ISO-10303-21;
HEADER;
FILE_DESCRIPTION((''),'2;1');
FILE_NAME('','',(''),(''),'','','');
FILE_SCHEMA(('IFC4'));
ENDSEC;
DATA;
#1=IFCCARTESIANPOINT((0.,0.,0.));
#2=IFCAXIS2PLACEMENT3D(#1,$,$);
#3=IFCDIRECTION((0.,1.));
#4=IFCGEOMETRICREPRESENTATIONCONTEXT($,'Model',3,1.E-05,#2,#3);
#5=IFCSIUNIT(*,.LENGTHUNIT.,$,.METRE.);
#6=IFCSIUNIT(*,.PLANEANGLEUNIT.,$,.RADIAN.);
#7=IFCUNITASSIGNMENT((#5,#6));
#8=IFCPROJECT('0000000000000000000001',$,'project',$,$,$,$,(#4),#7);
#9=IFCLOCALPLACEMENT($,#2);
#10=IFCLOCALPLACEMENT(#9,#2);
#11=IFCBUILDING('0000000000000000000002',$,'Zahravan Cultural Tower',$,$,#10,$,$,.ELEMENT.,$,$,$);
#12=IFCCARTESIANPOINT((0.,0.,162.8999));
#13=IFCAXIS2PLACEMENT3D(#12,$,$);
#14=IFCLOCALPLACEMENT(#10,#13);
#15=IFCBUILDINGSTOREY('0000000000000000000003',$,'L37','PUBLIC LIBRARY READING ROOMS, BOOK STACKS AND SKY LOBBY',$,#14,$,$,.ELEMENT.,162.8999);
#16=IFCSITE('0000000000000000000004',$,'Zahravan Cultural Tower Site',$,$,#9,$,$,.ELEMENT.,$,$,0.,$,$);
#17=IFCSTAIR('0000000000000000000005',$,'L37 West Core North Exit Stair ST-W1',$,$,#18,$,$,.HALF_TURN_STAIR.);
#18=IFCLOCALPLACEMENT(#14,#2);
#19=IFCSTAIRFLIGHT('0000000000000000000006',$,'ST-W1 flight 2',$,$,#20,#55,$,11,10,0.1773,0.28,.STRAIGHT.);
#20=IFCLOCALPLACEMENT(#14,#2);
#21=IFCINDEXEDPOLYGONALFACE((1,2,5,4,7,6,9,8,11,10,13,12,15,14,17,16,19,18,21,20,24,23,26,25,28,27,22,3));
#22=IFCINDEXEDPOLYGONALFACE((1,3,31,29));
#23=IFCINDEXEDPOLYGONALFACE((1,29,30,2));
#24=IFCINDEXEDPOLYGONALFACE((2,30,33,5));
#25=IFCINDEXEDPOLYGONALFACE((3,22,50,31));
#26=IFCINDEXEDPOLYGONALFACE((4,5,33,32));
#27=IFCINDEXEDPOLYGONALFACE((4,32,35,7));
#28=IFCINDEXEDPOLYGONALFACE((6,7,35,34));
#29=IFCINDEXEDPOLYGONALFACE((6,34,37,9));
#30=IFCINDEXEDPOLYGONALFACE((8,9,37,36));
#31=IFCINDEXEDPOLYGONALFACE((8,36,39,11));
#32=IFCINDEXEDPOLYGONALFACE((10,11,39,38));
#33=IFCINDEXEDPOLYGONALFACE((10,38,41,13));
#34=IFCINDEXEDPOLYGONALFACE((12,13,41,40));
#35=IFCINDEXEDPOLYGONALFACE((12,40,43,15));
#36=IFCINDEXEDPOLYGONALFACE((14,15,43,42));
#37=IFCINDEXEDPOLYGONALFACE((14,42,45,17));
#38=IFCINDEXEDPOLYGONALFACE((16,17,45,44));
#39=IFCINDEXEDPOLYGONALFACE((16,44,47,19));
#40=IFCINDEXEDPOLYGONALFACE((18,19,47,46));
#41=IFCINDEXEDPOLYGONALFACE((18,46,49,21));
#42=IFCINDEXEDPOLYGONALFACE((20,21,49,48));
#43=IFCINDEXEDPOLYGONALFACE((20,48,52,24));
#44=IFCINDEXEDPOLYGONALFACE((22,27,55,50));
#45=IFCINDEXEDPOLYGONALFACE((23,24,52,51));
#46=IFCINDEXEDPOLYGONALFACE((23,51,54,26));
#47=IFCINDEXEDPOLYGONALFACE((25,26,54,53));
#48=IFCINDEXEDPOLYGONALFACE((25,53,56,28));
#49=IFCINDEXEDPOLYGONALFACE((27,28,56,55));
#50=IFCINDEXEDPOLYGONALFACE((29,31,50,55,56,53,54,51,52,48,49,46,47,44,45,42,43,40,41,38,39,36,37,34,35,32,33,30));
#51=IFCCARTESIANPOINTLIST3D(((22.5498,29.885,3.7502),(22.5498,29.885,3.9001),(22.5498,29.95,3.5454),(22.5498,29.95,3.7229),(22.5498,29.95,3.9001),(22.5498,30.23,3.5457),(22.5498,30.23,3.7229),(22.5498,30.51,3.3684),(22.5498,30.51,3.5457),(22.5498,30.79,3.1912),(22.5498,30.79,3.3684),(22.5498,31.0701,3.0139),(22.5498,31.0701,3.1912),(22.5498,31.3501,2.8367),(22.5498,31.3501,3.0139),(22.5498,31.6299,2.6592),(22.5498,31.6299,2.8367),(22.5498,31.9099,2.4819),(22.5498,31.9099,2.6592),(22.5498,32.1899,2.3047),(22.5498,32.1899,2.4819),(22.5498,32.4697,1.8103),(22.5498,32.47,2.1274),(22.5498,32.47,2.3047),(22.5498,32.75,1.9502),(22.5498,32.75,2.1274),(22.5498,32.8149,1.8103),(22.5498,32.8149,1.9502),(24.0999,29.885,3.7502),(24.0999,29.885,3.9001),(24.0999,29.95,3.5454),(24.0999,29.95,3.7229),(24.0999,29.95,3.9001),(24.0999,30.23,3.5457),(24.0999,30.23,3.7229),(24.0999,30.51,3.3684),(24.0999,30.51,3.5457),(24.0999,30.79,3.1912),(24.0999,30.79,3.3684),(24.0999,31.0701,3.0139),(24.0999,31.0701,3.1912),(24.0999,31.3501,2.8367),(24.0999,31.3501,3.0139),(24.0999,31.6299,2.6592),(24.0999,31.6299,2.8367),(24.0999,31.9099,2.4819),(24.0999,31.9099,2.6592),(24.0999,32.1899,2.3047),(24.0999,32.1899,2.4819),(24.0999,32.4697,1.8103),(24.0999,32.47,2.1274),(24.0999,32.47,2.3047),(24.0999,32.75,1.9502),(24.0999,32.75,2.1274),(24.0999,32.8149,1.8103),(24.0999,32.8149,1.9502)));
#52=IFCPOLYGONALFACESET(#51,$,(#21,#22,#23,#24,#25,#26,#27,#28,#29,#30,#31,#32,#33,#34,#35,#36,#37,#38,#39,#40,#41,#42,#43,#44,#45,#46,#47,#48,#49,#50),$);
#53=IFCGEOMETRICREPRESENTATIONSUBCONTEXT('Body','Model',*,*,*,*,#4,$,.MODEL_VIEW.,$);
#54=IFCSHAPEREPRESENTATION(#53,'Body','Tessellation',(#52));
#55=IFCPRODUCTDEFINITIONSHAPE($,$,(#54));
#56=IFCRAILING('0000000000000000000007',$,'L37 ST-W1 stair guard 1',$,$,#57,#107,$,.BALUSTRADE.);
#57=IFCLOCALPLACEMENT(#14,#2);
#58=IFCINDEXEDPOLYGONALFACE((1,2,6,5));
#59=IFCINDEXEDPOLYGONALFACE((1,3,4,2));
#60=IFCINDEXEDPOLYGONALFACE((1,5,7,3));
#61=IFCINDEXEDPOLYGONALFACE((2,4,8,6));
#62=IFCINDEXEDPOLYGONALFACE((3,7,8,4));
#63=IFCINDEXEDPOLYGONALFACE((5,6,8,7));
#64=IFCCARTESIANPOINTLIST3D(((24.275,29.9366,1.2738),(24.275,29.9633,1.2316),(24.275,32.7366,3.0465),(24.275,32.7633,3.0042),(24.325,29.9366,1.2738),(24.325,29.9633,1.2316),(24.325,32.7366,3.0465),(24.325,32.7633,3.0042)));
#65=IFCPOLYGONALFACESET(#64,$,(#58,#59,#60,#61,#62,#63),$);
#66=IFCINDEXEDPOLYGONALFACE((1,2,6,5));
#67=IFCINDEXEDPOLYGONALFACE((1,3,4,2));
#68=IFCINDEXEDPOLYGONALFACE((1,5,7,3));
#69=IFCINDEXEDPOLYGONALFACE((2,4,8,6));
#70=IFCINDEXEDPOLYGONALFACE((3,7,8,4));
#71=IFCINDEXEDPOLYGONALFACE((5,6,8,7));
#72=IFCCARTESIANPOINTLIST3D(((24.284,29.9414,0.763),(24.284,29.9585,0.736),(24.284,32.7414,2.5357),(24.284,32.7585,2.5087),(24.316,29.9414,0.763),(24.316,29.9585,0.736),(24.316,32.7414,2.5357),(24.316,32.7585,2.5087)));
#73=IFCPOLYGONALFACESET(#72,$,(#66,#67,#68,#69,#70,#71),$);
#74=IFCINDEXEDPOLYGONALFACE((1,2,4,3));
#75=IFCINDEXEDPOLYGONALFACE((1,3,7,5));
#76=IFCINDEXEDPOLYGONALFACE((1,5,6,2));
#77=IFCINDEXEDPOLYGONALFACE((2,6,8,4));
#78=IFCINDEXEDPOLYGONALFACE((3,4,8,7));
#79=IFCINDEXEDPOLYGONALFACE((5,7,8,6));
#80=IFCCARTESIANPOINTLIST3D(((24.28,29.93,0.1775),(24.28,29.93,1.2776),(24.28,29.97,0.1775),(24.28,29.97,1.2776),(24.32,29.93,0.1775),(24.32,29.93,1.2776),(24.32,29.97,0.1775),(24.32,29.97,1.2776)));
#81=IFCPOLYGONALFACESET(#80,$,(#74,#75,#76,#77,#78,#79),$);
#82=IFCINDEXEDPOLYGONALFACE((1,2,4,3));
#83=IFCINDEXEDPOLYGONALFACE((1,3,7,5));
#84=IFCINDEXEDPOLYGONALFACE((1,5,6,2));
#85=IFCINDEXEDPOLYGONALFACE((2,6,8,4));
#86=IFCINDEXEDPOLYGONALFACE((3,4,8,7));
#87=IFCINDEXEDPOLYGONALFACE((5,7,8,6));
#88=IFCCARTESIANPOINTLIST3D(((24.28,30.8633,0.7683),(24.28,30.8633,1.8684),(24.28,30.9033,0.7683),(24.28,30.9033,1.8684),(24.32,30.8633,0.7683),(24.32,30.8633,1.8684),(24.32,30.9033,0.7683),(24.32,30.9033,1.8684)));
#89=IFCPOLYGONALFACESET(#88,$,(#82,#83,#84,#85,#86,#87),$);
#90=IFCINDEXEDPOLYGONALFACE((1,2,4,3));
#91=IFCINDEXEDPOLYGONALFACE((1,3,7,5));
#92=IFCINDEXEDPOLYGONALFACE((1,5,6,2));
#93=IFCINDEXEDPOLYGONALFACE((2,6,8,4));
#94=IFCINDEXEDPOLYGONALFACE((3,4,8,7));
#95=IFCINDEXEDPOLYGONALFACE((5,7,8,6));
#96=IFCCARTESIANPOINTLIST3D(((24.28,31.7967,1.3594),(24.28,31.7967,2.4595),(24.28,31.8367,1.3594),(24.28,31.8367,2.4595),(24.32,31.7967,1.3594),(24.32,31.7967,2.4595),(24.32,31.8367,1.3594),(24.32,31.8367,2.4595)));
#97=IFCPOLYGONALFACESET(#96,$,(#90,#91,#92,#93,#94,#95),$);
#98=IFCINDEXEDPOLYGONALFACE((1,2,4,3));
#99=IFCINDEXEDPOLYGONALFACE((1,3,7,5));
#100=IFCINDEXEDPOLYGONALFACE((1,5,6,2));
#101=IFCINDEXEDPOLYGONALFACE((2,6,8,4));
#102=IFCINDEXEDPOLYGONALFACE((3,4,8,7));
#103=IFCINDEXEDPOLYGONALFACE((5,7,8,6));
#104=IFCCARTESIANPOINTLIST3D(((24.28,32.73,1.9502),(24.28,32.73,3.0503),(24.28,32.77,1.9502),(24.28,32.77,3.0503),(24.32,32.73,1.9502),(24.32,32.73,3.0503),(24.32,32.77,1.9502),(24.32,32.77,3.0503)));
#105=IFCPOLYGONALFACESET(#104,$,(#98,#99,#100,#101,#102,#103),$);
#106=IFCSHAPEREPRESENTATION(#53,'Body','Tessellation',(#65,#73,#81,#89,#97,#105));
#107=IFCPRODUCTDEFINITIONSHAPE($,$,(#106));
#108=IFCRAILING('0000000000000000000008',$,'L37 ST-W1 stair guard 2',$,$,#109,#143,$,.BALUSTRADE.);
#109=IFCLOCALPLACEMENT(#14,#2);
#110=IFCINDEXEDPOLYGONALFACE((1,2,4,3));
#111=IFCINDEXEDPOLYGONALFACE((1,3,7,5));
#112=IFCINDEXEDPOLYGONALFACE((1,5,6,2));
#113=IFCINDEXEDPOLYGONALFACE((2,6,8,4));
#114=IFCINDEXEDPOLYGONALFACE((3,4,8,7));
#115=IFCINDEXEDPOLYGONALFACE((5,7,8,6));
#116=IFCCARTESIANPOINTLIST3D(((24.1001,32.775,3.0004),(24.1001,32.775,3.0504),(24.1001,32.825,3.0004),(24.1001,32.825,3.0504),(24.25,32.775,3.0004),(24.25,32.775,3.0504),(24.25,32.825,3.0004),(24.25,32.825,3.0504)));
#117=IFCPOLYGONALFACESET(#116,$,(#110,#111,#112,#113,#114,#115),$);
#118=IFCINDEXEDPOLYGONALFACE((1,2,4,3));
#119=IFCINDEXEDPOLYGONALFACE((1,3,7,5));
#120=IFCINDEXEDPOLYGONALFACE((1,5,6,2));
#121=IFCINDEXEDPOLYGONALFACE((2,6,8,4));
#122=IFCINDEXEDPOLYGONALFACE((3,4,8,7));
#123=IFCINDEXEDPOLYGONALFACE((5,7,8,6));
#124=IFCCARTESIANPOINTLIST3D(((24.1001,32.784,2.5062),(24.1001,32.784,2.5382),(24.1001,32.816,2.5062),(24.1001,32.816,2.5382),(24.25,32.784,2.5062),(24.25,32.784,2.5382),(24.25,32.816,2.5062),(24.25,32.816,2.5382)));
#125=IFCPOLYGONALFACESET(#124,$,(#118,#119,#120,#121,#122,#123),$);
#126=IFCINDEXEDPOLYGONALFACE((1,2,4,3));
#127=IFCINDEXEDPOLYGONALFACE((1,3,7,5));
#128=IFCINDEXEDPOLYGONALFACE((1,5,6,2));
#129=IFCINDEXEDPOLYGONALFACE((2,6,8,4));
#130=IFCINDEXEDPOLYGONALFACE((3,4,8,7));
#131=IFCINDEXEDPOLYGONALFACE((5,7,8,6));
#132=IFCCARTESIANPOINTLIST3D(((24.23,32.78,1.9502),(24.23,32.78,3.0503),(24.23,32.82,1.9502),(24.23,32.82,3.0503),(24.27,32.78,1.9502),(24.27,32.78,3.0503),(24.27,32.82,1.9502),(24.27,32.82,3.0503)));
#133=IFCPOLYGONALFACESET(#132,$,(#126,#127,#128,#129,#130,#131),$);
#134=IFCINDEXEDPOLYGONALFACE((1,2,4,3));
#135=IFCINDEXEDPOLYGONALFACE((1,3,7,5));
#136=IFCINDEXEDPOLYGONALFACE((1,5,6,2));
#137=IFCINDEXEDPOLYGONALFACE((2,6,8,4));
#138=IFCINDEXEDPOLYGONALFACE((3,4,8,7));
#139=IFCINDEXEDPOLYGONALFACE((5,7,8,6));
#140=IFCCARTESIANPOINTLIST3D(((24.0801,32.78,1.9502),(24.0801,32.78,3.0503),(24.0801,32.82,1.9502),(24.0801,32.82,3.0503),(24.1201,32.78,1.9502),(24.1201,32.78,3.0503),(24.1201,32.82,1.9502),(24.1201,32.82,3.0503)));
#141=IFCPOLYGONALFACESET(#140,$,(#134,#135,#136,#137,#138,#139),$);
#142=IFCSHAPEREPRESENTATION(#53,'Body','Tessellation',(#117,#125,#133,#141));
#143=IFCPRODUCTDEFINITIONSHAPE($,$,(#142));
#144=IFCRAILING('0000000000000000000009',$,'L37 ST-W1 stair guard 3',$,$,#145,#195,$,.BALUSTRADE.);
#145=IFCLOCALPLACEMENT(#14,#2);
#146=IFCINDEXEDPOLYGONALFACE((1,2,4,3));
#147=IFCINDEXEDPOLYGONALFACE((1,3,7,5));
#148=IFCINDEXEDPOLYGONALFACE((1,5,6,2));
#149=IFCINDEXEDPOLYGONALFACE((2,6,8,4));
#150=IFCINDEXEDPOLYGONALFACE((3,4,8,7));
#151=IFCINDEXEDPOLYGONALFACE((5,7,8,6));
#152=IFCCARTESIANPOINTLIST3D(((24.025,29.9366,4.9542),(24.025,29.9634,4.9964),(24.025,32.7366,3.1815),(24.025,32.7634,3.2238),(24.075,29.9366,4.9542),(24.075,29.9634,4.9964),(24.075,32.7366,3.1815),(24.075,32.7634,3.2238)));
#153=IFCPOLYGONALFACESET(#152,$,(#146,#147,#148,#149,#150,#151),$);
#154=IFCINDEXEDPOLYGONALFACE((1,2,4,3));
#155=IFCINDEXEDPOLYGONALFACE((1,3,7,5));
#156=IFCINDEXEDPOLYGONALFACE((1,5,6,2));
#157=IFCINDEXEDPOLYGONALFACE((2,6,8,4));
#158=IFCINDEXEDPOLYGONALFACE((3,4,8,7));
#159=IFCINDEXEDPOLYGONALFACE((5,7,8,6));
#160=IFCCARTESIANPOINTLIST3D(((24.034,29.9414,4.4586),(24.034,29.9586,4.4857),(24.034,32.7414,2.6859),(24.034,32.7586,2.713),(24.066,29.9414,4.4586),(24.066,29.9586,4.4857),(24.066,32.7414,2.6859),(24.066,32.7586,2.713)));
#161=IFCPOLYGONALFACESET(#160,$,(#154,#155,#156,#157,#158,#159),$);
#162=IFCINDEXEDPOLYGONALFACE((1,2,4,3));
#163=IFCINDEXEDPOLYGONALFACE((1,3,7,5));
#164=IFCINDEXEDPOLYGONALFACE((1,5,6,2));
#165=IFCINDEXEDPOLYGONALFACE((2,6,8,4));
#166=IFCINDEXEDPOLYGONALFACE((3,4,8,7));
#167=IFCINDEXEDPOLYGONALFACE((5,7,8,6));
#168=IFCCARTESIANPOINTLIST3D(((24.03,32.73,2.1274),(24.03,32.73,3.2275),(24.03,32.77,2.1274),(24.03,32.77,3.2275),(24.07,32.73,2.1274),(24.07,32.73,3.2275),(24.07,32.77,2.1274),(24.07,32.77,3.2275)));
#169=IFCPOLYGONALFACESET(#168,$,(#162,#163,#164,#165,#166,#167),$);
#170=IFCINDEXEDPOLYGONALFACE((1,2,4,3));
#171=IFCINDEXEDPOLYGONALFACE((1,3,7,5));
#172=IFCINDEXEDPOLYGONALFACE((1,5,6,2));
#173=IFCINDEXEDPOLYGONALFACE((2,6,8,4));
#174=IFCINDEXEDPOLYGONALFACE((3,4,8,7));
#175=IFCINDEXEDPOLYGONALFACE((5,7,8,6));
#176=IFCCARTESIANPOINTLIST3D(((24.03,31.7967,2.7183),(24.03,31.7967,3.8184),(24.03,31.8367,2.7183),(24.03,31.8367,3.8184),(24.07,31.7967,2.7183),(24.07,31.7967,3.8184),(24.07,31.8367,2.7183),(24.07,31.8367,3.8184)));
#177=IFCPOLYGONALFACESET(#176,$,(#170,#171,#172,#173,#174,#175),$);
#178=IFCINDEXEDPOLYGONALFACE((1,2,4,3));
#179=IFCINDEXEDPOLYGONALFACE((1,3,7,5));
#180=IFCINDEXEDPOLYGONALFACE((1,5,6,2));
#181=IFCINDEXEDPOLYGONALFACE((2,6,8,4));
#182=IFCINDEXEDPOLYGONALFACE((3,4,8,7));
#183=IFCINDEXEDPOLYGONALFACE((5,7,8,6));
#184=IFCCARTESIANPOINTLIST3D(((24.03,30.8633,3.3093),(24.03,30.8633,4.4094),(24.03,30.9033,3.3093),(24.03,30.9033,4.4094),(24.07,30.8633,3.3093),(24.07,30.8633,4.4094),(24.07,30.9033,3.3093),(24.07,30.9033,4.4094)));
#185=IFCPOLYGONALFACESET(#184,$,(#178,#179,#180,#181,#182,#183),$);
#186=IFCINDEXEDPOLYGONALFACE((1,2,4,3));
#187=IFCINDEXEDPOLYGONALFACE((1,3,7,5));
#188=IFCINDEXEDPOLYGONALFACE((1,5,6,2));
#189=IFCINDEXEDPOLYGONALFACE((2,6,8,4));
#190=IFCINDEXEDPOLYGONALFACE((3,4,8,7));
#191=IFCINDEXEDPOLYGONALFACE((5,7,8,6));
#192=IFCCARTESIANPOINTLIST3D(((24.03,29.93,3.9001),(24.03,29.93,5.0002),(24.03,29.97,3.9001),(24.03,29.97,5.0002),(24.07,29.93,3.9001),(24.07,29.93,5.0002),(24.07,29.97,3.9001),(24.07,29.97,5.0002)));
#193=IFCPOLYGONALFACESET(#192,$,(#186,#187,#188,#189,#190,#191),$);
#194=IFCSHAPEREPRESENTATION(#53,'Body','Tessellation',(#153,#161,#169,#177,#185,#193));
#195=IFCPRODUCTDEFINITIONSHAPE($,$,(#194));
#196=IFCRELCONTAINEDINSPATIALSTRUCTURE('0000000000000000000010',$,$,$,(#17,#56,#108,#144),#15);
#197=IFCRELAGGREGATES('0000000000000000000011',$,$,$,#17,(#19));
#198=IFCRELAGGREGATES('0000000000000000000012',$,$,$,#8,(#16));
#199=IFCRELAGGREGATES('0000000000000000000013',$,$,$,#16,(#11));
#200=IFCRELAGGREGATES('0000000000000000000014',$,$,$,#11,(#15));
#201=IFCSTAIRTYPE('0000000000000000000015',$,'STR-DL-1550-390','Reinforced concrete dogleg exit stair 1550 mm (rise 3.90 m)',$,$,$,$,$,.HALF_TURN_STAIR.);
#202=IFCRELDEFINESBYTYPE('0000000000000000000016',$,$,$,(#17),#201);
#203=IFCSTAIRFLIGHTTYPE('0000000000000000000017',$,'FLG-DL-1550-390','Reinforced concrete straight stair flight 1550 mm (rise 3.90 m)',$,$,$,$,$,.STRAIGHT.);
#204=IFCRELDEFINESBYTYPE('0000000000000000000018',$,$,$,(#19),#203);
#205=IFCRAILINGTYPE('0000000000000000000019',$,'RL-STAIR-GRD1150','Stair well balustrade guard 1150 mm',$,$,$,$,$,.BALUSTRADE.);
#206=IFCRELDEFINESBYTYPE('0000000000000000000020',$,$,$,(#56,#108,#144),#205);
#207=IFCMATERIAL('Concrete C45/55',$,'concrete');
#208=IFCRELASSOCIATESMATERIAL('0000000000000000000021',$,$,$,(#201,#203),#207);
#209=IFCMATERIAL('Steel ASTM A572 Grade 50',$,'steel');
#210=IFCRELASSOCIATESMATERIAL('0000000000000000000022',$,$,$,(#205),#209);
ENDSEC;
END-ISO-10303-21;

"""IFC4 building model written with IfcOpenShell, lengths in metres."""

from ifc_helpers import new_model, si_unit, direction, frame, origin, origin_2d, place, context, subcontext, project, spatial, polyline, rectangle, outline, extrude, material, type_object, element, aggregate, save


model = new_model("IFC4")

# Units and contexts
model_context = context("Model", 3, precision=1e-05, world=origin(), true_north=direction((0.0, 1.0)))
body_context = subcontext(model_context, "Body", "Model", "MODEL_VIEW")
ifc_project = project(units=[si_unit("LENGTHUNIT", "METRE"), si_unit("PLANEANGLEUNIT", "RADIAN")], contexts=[model_context])

# Site, building, storey
site_placement = place(None, origin())
site = spatial("IfcSite", under=ifc_project, at=site_placement, Name="Zahravan Cultural Tower Site", CompositionType="ELEMENT", RefElevation=0.0)
building_placement = place(site_placement, origin())
building = spatial("IfcBuilding", under=site, at=building_placement, Name="Zahravan Cultural Tower", CompositionType="ELEMENT")
storey_placement = place(building_placement, frame((0.0, 0.0, 162.8999)))
storey = spatial("IfcBuildingStorey", under=building, at=storey_placement, Name="L37", Description="PUBLIC LIBRARY READING ROOMS, BOOK STACKS AND SKY LOBBY", CompositionType="ELEMENT", Elevation=162.8999)

# Shared definitions
ifc_material_1 = material(Name="Concrete C45/55", Category="concrete")
ifc_material_2 = material(Name="Steel ASTM A572 Grade 50", Category="steel")

# Stair, stair flight
stair_type = type_object("IfcStairType", Name="STR-DL-1550-390", Description="Reinforced concrete dogleg exit stair 1550 mm (rise 3.90 m)", PredefinedType="HALF_TURN_STAIR", material=ifc_material_1)
stair_placement = place(storey_placement, origin())
stair = element("IfcStair", 1, at=stair_placement, inside=storey, type_object=stair_type, Name="L37 West Core North Exit Stair ST-W1", PredefinedType="HALF_TURN_STAIR")
stair_flight_type = type_object("IfcStairFlightType", Name="FLG-DL-1550-390", Description="Reinforced concrete straight stair flight 1550 mm (rise 3.90 m)", PredefinedType="STRAIGHT", material=ifc_material_1)
stair_flight_1_placement = place(storey_placement, frame((23.325, 32.75, 1.9502), z_axis=(0.0, 0.0, 1.0), x_axis=(0.0, -1.0, 0.0)))
stair_flight_1 = element("IfcStairFlight", 2, at=stair_flight_1_placement, type_object=stair_flight_type, Name="ST-W1 flight 2", NumberOfRisers=11, NumberOfTreads=10, PredefinedType="STRAIGHT", RiserHeight=0.1773, TreadLength=0.28, context=body_context, shape_type="SweptSolid", body=[
    extrude(outline(polyline([(-0.0649, -0.1399), (-0.0649, 0.0), (0.0, 0.0), (0.0, 0.1772), (0.28, 0.1772), (0.28, 0.3545), (0.5601, 0.3545), (0.5601, 0.5317), (0.8401, 0.5317), (0.8401, 0.709), (1.1201, 0.709), (1.1201, 0.8865), (1.3999, 0.8865), (1.3999, 1.0637), (1.6799, 1.0637), (1.6799, 1.241), (1.96, 1.241), (1.96, 1.4182), (2.24, 1.4182), (2.24, 1.5955), (2.52, 1.5955), (2.52, 1.7727), (2.8, 1.7727), (2.8, 1.95), (2.865, 1.95), (2.865, 1.8), (2.8, 1.5952), (0.2803, -0.1399), (-0.0649, -0.1399)])), frame((0.0, 0.7749, 0.0), z_axis=(0.0, -1.0, 0.0), x_axis=(1.0, 0.0, 0.0)), (0.0, 0.0, 1.0), 1.55),
])
aggregate(stair, [stair_flight_1])

# Railings
railing_type_1 = type_object("IfcRailingType", Name="RL-STAIR-GRD1150", Description="Stair well balustrade guard 1150 mm", PredefinedType="BALUSTRADE", material=ifc_material_2)
railing_1_placement = place(storey_placement, frame((24.3, 29.95, 0.1775)))
element("IfcRailing", 3, at=railing_1_placement, inside=storey, type_object=railing_type_1, Name="L37 ST-W1 stair guard 1", PredefinedType="BALUSTRADE", context=body_context, shape_type="SweptSolid", body=[
    extrude(rectangle(XDim=0.05, YDim=0.05, at=origin_2d()), frame((0.0, 0.0, 1.0752), z_axis=(0.0, 0.844909, 0.53491), x_axis=(-1.0, 0.0, 0.0)), (0.0, 0.0, 1.0), 3.314),
    extrude(rectangle(XDim=0.032, YDim=0.032, at=origin_2d()), frame((0.0, 0.0, 0.572), z_axis=(0.0, 0.844909, 0.53491), x_axis=(-1.0, 0.0, 0.0)), (0.0, 0.0, 1.0), 3.314),
    extrude(rectangle(XDim=0.04, YDim=0.04, at=origin_2d()), origin(), (0.0, 0.0, 1.0), 1.1001),
    extrude(rectangle(XDim=0.04, YDim=0.04, at=origin_2d()), frame((0.0, 0.9333, 0.5908)), (0.0, 0.0, 1.0), 1.1001),
    extrude(rectangle(XDim=0.04, YDim=0.04, at=origin_2d()), frame((0.0, 1.8667, 1.1819)), (0.0, 0.0, 1.0), 1.1001),
    extrude(rectangle(XDim=0.04, YDim=0.04, at=origin_2d()), frame((0.0, 2.8, 1.7727)), (0.0, 0.0, 1.0), 1.1001),
])
railing_2_placement = place(storey_placement, frame((24.25, 32.8, 1.9502)))
element("IfcRailing", 4, at=railing_2_placement, inside=storey, type_object=railing_type_1, Name="L37 ST-W1 stair guard 2", PredefinedType="BALUSTRADE", context=body_context, shape_type="SweptSolid", body=[
    extrude(rectangle(XDim=0.05, YDim=0.05, at=origin_2d()), frame((0.0, 0.0, 1.0752), z_axis=(-1.0, 0.0, 0.0), x_axis=(0.0, -1.0, 0.0)), (0.0, 0.0, 1.0), 0.1499),
    extrude(rectangle(XDim=0.032, YDim=0.032, at=origin_2d()), frame((0.0, 0.0, 0.572), z_axis=(-1.0, 0.0, 0.0), x_axis=(0.0, -1.0, 0.0)), (0.0, 0.0, 1.0), 0.1499),
    extrude(rectangle(XDim=0.04, YDim=0.04, at=origin_2d()), origin(), (0.0, 0.0, 1.0), 1.1001),
    extrude(rectangle(XDim=0.04, YDim=0.04, at=origin_2d()), frame((-0.1499, 0.0, 0.0)), (0.0, 0.0, 1.0), 1.1001),
])
railing_3_placement = place(storey_placement, frame((24.05, 32.75, 2.1274)))
element("IfcRailing", 5, at=railing_3_placement, inside=storey, type_object=railing_type_1, Name="L37 ST-W1 stair guard 3", PredefinedType="BALUSTRADE", context=body_context, shape_type="SweptSolid", body=[
    extrude(rectangle(XDim=0.05, YDim=0.05, at=origin_2d()), frame((0.0, 0.0, 1.0752), z_axis=(0.0, -0.844909, 0.53491), x_axis=(1.0, 0.0, 0.0)), (0.0, 0.0, 1.0), 3.314),
    extrude(rectangle(XDim=0.032, YDim=0.032, at=origin_2d()), frame((0.0, 0.0, 0.572), z_axis=(0.0, -0.844909, 0.53491), x_axis=(1.0, 0.0, 0.0)), (0.0, 0.0, 1.0), 3.314),
    extrude(rectangle(XDim=0.04, YDim=0.04, at=origin_2d()), origin(), (0.0, 0.0, 1.0), 1.1001),
    extrude(rectangle(XDim=0.04, YDim=0.04, at=origin_2d()), frame((0.0, -0.9333, 0.5908)), (0.0, 0.0, 1.0), 1.1001),
    extrude(rectangle(XDim=0.04, YDim=0.04, at=origin_2d()), frame((0.0, -1.8667, 1.1819)), (0.0, 0.0, 1.0), 1.1001),
    extrude(rectangle(XDim=0.04, YDim=0.04, at=origin_2d()), frame((0.0, -2.8, 1.7727)), (0.0, 0.0, 1.0), 1.1001),
])

save(model, "model.ifc")
